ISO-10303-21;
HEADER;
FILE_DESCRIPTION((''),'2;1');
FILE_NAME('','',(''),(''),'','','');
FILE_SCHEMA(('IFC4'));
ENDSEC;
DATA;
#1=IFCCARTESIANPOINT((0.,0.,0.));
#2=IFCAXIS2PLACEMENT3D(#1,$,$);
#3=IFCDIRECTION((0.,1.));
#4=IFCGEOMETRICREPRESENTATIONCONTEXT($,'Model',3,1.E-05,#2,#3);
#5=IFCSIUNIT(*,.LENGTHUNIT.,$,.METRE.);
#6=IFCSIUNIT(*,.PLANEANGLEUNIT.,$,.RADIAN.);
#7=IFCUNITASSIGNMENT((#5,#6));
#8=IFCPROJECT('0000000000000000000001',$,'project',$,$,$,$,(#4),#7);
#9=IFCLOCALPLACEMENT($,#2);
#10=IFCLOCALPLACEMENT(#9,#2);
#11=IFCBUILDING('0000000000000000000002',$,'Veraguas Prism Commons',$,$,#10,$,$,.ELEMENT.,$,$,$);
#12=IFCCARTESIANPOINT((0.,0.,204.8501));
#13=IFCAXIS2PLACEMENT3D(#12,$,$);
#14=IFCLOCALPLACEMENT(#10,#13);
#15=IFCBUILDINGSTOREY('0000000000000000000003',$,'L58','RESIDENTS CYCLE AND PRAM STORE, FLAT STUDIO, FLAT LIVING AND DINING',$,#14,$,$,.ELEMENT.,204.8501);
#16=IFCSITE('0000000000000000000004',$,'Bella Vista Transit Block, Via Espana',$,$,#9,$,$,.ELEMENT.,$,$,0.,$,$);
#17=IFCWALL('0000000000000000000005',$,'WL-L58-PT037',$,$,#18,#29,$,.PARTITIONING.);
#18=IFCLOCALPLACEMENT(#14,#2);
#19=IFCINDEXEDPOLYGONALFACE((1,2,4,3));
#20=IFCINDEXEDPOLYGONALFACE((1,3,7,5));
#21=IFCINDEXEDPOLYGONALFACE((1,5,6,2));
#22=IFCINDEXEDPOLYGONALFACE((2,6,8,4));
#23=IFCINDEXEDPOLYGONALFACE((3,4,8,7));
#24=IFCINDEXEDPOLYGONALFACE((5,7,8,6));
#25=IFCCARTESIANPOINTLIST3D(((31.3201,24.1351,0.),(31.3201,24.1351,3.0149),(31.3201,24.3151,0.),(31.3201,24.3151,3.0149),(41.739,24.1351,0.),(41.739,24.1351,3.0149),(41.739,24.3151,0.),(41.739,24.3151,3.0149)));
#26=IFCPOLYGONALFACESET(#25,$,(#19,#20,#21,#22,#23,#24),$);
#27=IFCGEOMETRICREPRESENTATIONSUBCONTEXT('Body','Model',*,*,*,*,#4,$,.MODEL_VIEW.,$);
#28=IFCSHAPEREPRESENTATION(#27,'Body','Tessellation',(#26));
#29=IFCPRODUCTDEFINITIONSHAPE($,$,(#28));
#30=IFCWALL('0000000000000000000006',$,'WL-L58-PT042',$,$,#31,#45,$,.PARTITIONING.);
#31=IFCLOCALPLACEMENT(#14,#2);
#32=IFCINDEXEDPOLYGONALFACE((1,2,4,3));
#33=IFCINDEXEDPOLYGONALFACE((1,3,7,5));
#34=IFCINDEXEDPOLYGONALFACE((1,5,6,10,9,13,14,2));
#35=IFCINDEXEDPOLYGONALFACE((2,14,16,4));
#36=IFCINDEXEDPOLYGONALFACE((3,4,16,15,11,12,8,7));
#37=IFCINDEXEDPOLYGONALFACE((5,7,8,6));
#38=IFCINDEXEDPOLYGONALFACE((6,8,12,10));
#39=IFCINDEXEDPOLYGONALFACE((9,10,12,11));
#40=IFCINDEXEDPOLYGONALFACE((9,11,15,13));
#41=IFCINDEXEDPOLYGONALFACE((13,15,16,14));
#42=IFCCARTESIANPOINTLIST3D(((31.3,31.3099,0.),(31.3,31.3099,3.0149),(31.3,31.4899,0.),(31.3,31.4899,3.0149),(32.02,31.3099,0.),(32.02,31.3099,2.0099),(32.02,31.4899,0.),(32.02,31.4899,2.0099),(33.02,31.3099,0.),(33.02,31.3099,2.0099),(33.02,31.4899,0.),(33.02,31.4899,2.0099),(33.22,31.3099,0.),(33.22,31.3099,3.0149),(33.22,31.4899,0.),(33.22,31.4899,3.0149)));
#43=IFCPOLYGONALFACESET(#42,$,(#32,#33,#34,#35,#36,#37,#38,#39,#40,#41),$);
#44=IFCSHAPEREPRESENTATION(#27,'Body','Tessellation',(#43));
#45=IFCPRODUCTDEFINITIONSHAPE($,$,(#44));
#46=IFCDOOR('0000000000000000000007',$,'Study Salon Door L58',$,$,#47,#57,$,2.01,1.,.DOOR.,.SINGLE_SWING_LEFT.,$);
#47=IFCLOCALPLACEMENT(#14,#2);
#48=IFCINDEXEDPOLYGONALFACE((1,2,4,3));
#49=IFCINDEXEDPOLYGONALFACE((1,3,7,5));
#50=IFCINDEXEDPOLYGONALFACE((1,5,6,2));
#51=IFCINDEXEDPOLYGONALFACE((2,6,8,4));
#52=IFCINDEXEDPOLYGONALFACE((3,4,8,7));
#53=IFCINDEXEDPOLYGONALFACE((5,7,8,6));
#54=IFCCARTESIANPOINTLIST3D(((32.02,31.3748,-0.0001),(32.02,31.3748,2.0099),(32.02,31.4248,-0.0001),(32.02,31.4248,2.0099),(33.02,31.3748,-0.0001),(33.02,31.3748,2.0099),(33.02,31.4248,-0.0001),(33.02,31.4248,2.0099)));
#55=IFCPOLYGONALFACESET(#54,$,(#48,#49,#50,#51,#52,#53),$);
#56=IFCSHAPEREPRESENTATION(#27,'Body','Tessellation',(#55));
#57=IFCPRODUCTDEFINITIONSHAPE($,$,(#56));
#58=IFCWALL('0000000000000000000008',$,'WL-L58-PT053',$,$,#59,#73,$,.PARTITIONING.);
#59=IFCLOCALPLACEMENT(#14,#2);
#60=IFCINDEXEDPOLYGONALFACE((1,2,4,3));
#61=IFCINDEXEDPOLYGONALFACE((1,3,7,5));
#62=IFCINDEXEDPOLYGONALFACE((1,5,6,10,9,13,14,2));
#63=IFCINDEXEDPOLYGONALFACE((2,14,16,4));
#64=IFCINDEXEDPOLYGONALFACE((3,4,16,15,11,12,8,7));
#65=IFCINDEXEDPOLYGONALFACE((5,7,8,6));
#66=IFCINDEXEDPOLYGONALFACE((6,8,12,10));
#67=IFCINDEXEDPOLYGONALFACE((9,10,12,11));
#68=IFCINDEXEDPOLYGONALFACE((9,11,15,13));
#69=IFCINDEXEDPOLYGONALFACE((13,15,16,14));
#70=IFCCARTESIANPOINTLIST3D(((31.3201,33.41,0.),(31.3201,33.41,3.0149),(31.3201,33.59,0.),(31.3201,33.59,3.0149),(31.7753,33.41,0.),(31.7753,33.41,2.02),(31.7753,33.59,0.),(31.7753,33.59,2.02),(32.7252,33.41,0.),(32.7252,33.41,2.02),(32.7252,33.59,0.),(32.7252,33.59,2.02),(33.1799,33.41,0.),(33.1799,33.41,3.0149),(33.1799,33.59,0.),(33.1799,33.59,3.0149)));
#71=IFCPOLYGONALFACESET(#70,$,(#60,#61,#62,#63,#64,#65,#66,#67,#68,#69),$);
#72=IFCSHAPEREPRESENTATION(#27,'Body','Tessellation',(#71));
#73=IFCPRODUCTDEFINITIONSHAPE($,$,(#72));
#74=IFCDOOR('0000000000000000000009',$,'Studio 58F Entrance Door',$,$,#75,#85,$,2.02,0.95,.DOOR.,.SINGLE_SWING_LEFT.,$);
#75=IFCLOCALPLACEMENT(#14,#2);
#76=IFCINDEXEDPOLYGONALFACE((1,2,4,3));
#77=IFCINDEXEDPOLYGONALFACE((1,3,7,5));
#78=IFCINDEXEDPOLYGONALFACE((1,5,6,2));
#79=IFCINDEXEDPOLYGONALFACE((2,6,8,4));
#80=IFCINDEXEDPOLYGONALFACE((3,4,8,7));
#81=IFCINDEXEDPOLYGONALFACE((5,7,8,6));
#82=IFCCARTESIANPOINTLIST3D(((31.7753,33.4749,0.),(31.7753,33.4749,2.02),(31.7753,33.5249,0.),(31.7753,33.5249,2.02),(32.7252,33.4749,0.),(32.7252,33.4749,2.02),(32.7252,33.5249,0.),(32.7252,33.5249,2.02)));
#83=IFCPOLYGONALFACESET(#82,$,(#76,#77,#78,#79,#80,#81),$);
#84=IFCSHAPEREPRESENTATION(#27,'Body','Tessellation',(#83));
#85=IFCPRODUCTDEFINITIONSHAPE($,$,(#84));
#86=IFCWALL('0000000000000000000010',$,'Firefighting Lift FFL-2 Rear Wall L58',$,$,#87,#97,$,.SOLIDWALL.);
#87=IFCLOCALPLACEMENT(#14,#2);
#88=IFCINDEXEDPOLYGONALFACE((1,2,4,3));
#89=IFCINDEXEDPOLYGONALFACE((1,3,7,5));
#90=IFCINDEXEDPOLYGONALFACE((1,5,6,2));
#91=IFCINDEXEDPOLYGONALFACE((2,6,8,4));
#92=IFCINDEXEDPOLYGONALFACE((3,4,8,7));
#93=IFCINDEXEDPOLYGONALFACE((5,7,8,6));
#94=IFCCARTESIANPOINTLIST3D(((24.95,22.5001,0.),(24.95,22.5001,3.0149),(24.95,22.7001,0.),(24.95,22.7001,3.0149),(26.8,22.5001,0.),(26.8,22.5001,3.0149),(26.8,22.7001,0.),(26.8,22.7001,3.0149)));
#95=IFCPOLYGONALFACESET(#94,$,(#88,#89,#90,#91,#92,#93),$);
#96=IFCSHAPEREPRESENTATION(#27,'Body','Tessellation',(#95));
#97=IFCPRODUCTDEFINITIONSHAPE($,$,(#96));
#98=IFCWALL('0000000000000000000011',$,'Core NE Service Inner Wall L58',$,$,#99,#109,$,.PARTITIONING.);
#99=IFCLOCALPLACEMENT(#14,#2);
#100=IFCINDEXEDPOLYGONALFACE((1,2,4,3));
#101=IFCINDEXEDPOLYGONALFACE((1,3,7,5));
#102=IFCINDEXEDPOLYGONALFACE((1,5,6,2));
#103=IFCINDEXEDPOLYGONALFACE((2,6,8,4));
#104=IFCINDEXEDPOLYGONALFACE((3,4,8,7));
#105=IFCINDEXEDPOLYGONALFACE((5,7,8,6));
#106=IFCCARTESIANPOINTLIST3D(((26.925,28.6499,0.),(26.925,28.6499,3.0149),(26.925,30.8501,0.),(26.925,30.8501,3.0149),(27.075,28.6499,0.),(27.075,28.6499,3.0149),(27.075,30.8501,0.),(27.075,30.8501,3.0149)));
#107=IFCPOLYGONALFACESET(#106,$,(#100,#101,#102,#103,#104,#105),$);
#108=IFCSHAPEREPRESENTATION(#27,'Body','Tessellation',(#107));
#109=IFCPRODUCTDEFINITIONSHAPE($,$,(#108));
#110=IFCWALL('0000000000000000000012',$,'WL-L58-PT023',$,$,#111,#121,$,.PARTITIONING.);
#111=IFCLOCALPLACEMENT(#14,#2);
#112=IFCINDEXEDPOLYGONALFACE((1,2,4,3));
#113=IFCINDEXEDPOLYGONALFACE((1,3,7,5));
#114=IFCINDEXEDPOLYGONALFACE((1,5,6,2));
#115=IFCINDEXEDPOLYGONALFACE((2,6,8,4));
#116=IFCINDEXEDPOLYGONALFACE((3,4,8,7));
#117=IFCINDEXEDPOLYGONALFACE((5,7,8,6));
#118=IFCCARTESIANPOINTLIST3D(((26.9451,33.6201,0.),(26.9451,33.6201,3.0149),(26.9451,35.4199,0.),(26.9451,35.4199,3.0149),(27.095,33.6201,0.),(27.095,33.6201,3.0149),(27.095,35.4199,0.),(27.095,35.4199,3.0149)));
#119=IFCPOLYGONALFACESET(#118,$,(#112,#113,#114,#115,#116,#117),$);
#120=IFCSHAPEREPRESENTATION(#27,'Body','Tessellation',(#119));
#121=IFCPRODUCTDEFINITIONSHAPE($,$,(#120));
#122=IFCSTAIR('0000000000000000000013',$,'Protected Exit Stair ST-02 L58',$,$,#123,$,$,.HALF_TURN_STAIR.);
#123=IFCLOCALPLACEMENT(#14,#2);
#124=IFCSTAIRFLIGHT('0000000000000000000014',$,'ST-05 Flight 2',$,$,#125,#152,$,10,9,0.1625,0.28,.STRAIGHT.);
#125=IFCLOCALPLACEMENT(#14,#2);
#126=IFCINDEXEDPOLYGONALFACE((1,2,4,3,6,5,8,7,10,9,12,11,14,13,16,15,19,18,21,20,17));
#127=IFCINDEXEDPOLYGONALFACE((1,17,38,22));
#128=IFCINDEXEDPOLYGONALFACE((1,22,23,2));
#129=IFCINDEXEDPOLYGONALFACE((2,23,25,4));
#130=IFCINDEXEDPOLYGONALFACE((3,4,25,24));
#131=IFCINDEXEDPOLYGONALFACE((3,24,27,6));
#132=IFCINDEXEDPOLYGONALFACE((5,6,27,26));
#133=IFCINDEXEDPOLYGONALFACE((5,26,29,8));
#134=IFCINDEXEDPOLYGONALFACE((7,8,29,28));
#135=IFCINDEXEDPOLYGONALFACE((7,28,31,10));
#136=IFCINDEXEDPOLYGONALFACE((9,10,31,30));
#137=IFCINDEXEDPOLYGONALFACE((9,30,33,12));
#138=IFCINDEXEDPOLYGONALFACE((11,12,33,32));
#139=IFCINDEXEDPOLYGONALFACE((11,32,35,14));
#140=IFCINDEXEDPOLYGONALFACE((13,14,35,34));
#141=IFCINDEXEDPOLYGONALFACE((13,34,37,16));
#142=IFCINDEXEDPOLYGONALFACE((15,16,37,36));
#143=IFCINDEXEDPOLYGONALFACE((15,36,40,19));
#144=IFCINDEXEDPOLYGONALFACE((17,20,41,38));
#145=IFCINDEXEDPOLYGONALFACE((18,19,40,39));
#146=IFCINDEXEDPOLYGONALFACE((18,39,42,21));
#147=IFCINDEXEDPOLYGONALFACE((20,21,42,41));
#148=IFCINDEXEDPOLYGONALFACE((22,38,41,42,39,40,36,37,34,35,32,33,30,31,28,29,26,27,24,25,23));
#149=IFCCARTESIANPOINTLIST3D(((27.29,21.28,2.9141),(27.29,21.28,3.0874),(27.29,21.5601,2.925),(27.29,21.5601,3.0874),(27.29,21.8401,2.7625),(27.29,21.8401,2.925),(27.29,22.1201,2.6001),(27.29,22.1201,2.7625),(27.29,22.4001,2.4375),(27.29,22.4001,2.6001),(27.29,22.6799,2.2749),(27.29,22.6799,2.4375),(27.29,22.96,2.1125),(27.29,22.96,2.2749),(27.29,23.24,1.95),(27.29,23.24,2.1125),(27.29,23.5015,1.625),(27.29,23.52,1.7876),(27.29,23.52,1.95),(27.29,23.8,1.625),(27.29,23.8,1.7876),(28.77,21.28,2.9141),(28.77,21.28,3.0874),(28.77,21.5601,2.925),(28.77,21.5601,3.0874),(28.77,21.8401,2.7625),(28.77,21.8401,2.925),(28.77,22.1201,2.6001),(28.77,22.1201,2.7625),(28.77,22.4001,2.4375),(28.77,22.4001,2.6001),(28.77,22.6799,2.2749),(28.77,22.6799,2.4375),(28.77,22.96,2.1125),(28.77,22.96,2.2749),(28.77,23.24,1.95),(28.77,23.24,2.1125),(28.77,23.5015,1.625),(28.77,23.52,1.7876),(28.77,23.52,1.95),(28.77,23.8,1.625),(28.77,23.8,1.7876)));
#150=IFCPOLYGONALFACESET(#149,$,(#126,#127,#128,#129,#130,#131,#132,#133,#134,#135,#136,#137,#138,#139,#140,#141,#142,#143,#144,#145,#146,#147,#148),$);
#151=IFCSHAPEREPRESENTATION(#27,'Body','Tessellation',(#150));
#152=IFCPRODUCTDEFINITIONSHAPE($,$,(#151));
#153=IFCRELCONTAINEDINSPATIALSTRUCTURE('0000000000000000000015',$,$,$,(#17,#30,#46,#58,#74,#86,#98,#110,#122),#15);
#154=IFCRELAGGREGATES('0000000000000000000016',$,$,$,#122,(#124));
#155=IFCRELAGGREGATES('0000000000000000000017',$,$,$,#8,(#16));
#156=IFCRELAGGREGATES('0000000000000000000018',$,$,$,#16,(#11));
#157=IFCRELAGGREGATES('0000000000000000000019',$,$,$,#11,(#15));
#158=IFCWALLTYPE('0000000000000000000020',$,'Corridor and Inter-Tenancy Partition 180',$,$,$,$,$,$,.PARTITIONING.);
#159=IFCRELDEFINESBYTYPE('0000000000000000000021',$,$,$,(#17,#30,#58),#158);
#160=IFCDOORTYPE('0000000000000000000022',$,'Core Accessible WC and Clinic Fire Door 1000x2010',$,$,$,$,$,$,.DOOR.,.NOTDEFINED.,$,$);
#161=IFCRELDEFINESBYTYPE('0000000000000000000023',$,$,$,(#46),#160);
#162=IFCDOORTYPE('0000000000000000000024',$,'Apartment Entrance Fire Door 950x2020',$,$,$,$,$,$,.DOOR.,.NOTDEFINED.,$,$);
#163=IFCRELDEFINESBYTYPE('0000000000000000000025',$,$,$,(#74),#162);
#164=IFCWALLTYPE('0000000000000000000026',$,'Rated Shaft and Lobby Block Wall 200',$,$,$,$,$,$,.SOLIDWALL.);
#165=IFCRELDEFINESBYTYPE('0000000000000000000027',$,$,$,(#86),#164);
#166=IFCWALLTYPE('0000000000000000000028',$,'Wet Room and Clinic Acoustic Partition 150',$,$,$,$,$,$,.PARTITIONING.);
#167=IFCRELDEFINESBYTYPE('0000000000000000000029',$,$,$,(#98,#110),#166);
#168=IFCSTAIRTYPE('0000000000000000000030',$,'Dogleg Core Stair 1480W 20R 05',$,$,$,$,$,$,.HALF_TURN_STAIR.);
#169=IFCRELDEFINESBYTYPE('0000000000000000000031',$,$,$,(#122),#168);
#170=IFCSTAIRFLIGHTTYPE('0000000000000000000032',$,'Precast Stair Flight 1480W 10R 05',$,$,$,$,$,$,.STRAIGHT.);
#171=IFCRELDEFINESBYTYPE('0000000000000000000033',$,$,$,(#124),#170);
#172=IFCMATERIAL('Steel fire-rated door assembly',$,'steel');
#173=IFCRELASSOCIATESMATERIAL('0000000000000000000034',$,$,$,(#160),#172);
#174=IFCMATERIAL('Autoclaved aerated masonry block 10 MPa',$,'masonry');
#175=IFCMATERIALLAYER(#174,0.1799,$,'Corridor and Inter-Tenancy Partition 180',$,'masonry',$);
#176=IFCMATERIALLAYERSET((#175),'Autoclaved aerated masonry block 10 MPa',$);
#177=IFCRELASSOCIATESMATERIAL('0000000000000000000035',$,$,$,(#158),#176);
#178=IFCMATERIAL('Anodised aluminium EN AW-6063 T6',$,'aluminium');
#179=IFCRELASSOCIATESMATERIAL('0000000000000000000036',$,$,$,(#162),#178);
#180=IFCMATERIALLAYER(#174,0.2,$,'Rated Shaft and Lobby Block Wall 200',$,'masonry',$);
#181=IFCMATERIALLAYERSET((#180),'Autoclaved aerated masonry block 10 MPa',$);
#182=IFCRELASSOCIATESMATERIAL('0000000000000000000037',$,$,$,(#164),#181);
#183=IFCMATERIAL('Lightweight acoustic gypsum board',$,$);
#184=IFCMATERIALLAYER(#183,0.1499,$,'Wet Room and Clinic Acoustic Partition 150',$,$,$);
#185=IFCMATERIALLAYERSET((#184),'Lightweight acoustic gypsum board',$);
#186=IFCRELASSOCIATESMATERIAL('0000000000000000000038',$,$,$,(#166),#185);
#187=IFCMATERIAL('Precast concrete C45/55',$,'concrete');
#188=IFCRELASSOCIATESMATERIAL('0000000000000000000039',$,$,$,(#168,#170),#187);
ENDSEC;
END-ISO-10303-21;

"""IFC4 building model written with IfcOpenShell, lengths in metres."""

from ifc_helpers import new_model, si_unit, direction, frame, frame_2d, origin, place, context, subcontext, project, spatial, polyline, rectangle, outline, extrude, source, transform, mapped, material, layer, layer_set, type_object, element, fill, aggregate, save


model = new_model("IFC4")

# Units and contexts
model_context = context("Model", 3, precision=1e-05, world=origin(), true_north=direction((0.0, 1.0)))
body_context = subcontext(model_context, "Body", "Model", "MODEL_VIEW")
ifc_project = project(units=[si_unit("LENGTHUNIT", "METRE"), si_unit("PLANEANGLEUNIT", "RADIAN")], contexts=[model_context])

# Site, building, storey
site_placement = place(None, origin())
site = spatial("IfcSite", under=ifc_project, at=site_placement, Name="Bella Vista Transit Block, Via Espana", CompositionType="ELEMENT", RefElevation=0.0)
building_placement = place(site_placement, origin())
building = spatial("IfcBuilding", under=site, at=building_placement, Name="Veraguas Prism Commons", CompositionType="ELEMENT")
storey_placement = place(building_placement, frame((0.0, 0.0, 204.8501)))
storey = spatial("IfcBuildingStorey", under=building, at=storey_placement, Name="L58", Description="RESIDENTS CYCLE AND PRAM STORE, FLAT STUDIO, FLAT LIVING AND DINING", CompositionType="ELEMENT", Elevation=204.8501)

# Shared definitions
ifc_material_1 = material(Name="Steel fire-rated door assembly", Category="steel")
door_type_1 = type_object("IfcDoorType", Name="Core Accessible WC and Clinic Fire Door 1000x2010", OperationType="NOTDEFINED", PredefinedType="DOOR", material=ifc_material_1)
shared_shape_1 = source(origin(), body_context, "Body", "SweptSolid", [
    extrude(rectangle(XDim=1.0, YDim=2.01, at=frame_2d((0.5, 1.0049))), frame((0.0, 0.0249, 0.0), z_axis=(0.0, -1.0, 0.0), x_axis=(1.0, 0.0, 0.0)), (0.0, 0.0, 1.0), 0.05),
])
ifc_material_2 = material(Name="Autoclaved aerated masonry block 10 MPa", Category="masonry")
ifc_layer_1 = layer(ifc_material_2, 0.1799, Name="Corridor and Inter-Tenancy Partition 180", Category="masonry")
ifc_layer_set_1 = layer_set([ifc_layer_1], Name="Autoclaved aerated masonry block 10 MPa")
wall_type_1 = type_object("IfcWallType", Name="Corridor and Inter-Tenancy Partition 180", PredefinedType="PARTITIONING", material=ifc_layer_set_1)

# Shared definitions
ifc_material_3 = material(Name="Anodised aluminium EN AW-6063 T6", Category="aluminium")
door_type_2 = type_object("IfcDoorType", Name="Apartment Entrance Fire Door 950x2020", OperationType="NOTDEFINED", PredefinedType="DOOR", material=ifc_material_3)
shared_shape_2 = source(origin(), body_context, "Body", "SweptSolid", [
    extrude(rectangle(XDim=0.95, YDim=2.02, at=frame_2d((0.4751, 1.01))), frame((0.0, 0.0249, 0.0), z_axis=(0.0, -1.0, 0.0), x_axis=(1.0, 0.0, 0.0)), (0.0, 0.0, 1.0), 0.05),
])

# Wall
wall_1_placement = place(storey_placement, frame((31.3201, 24.2251, 0.0), z_axis=(0.0, 0.0, 1.0), x_axis=(1.0, 0.0, 0.0)))
element("IfcWall", 1, at=wall_1_placement, inside=storey, type_object=wall_type_1, Name="WL-L58-PT037", PredefinedType="PARTITIONING", context=body_context, shape_type="SweptSolid", body=[
    extrude(rectangle(XDim=10.4189, YDim=0.1799, at=frame_2d((5.2095, 0.0))), origin(), (0.0, 0.0, 1.0), 3.0149),
])

# Walls, openings, doors
wall_2_placement = place(storey_placement, frame((31.3, 31.3999, 0.0), z_axis=(0.0, 0.0, 1.0), x_axis=(1.0, 0.0, 0.0)))
wall_2 = element("IfcWall", 2, at=wall_2_placement, inside=storey, type_object=wall_type_1, Name="WL-L58-PT042", PredefinedType="PARTITIONING", context=body_context, shape_type="SweptSolid", body=[
    extrude(rectangle(XDim=1.9199, YDim=0.1799, at=frame_2d((0.96, 0.0))), origin(), (0.0, 0.0, 1.0), 3.0149),
])
opening_1_placement = place(wall_2_placement, frame((0.72, 0.0, 0.0)))
opening_1 = element("IfcOpeningElement", 3, at=opening_1_placement, cuts=wall_2, PredefinedType="OPENING", context=body_context, shape_type="SweptSolid", body=[
    extrude(rectangle(XDim=1.0, YDim=2.01, at=frame_2d((0.5, 1.0049))), frame((0.0, 0.0999, 0.0), z_axis=(0.0, -1.0, 0.0), x_axis=(1.0, 0.0, 0.0)), (0.0, 0.0, 1.0), 0.2),
])
door_1_placement = place(opening_1_placement, origin())
door_1 = element("IfcDoor", 4, at=door_1_placement, inside=storey, type_object=door_type_1, Name="Study Salon Door L58", OperationType="SINGLE_SWING_LEFT", OverallHeight=2.01, OverallWidth=1.0, PredefinedType="DOOR", context=body_context, shape_type="MappedRepresentation", body=[
    mapped(shared_shape_1, transform((0.0, 0.0, 0.0), scale=1.0)),
])
fill(opening_1, door_1)
wall_3_placement = place(storey_placement, frame((31.3201, 33.5, 0.0), z_axis=(0.0, 0.0, 1.0), x_axis=(1.0, 0.0, 0.0)))
wall_3 = element("IfcWall", 5, at=wall_3_placement, inside=storey, type_object=wall_type_1, Name="WL-L58-PT053", PredefinedType="PARTITIONING", context=body_context, shape_type="SweptSolid", body=[
    extrude(rectangle(XDim=1.8599, YDim=0.1799, at=frame_2d((0.9299, 0.0))), origin(), (0.0, 0.0, 1.0), 3.0149),
])
opening_2_placement = place(wall_3_placement, frame((0.4551, 0.0, 0.0)))
opening_2 = element("IfcOpeningElement", 6, at=opening_2_placement, cuts=wall_3, PredefinedType="OPENING", context=body_context, shape_type="SweptSolid", body=[
    extrude(rectangle(XDim=0.95, YDim=2.02, at=frame_2d((0.4751, 1.01))), frame((0.0, 0.0999, 0.0), z_axis=(0.0, -1.0, 0.0), x_axis=(1.0, 0.0, 0.0)), (0.0, 0.0, 1.0), 0.2),
])
door_2_placement = place(opening_2_placement, origin())
door_2 = element("IfcDoor", 7, at=door_2_placement, inside=storey, type_object=door_type_2, Name="Studio 58F Entrance Door", OperationType="SINGLE_SWING_LEFT", OverallHeight=2.02, OverallWidth=0.95, PredefinedType="DOOR", context=body_context, shape_type="MappedRepresentation", body=[
    mapped(shared_shape_2, transform((0.0, 0.0, 0.0), scale=1.0)),
])
fill(opening_2, door_2)

# Walls
ifc_layer_2 = layer(ifc_material_2, 0.2, Name="Rated Shaft and Lobby Block Wall 200", Category="masonry")
ifc_layer_set_2 = layer_set([ifc_layer_2], Name="Autoclaved aerated masonry block 10 MPa")
wall_type_2 = type_object("IfcWallType", Name="Rated Shaft and Lobby Block Wall 200", PredefinedType="SOLIDWALL", material=ifc_layer_set_2)
wall_4_placement = place(storey_placement, frame((24.95, 22.6001, 0.0), z_axis=(0.0, 0.0, 1.0), x_axis=(1.0, 0.0, 0.0)))
element("IfcWall", 8, at=wall_4_placement, inside=storey, type_object=wall_type_2, Name="Firefighting Lift FFL-2 Rear Wall L58", PredefinedType="SOLIDWALL", context=body_context, shape_type="SweptSolid", body=[
    extrude(rectangle(XDim=1.8501, YDim=0.2, at=frame_2d((0.925, 0.0))), origin(), (0.0, 0.0, 1.0), 3.0149),
])
ifc_material_4 = material(Name="Lightweight acoustic gypsum board")
ifc_layer_3 = layer(ifc_material_4, 0.1499, Name="Wet Room and Clinic Acoustic Partition 150")
ifc_layer_set_3 = layer_set([ifc_layer_3], Name="Lightweight acoustic gypsum board")
wall_type_3 = type_object("IfcWallType", Name="Wet Room and Clinic Acoustic Partition 150", PredefinedType="PARTITIONING", material=ifc_layer_set_3)
wall_5_placement = place(storey_placement, frame((27.0, 28.6499, 0.0), z_axis=(0.0, 0.0, 1.0), x_axis=(0.0, 1.0, 0.0)))
element("IfcWall", 9, at=wall_5_placement, inside=storey, type_object=wall_type_3, Name="Core NE Service Inner Wall L58", PredefinedType="PARTITIONING", context=body_context, shape_type="SweptSolid", body=[
    extrude(rectangle(XDim=2.2002, YDim=0.1499, at=frame_2d((1.1001, 0.0))), origin(), (0.0, 0.0, 1.0), 3.0149),
])
wall_6_placement = place(storey_placement, frame((27.02, 33.6201, 0.0), z_axis=(0.0, 0.0, 1.0), x_axis=(0.0, 1.0, 0.0)))
element("IfcWall", 10, at=wall_6_placement, inside=storey, type_object=wall_type_3, Name="WL-L58-PT023", PredefinedType="PARTITIONING", context=body_context, shape_type="SweptSolid", body=[
    extrude(rectangle(XDim=1.7998, YDim=0.1499, at=frame_2d((0.8999, 0.0))), origin(), (0.0, 0.0, 1.0), 3.0149),
])

# Stair, stair flight
ifc_material_5 = material(Name="Precast concrete C45/55", Category="concrete")
stair_type = type_object("IfcStairType", Name="Dogleg Core Stair 1480W 20R 05", PredefinedType="HALF_TURN_STAIR", material=ifc_material_5)
stair_placement = place(storey_placement, origin())
stair = element("IfcStair", 11, at=stair_placement, inside=storey, type_object=stair_type, Name="Protected Exit Stair ST-02 L58", PredefinedType="HALF_TURN_STAIR")
stair_flight_type = type_object("IfcStairFlightType", Name="Precast Stair Flight 1480W 10R 05", PredefinedType="STRAIGHT", material=ifc_material_5)
stair_flight_placement = place(storey_placement, frame((28.03, 23.8, 1.625), z_axis=(0.0, 0.0, 1.0), x_axis=(0.0, -1.0, 0.0)))
stair_flight = element("IfcStairFlight", 12, at=stair_flight_placement, type_object=stair_flight_type, Name="ST-05 Flight 2", NumberOfRisers=10, NumberOfTreads=9, PredefinedType="STRAIGHT", RiserHeight=0.1625, TreadLength=0.28, context=body_context, shape_type="SweptSolid", body=[
    extrude(outline(polyline([(0.0, 0.0), (0.0, 0.1626), (0.28, 0.1626), (0.28, 0.325), (0.5601, 0.325), (0.5601, 0.4875), (0.8401, 0.4875), (0.8401, 0.6499), (1.1201, 0.6499), (1.1201, 0.8125), (1.3999, 0.8125), (1.3999, 0.9751), (1.6799, 0.9751), (1.6799, 1.1375), (1.96, 1.1375), (1.96, 1.3), (2.24, 1.3), (2.24, 1.4624), (2.52, 1.4624), (2.52, 1.625), (2.52, 1.2891), (0.2986, 0.0), (0.0, 0.0)])), frame((0.0, 0.74, 0.0), z_axis=(0.0, -1.0, 0.0), x_axis=(1.0, 0.0, 0.0)), (0.0, 0.0, 1.0), 1.48),
])
aggregate(stair, [stair_flight])

save(model, "model.ifc")
